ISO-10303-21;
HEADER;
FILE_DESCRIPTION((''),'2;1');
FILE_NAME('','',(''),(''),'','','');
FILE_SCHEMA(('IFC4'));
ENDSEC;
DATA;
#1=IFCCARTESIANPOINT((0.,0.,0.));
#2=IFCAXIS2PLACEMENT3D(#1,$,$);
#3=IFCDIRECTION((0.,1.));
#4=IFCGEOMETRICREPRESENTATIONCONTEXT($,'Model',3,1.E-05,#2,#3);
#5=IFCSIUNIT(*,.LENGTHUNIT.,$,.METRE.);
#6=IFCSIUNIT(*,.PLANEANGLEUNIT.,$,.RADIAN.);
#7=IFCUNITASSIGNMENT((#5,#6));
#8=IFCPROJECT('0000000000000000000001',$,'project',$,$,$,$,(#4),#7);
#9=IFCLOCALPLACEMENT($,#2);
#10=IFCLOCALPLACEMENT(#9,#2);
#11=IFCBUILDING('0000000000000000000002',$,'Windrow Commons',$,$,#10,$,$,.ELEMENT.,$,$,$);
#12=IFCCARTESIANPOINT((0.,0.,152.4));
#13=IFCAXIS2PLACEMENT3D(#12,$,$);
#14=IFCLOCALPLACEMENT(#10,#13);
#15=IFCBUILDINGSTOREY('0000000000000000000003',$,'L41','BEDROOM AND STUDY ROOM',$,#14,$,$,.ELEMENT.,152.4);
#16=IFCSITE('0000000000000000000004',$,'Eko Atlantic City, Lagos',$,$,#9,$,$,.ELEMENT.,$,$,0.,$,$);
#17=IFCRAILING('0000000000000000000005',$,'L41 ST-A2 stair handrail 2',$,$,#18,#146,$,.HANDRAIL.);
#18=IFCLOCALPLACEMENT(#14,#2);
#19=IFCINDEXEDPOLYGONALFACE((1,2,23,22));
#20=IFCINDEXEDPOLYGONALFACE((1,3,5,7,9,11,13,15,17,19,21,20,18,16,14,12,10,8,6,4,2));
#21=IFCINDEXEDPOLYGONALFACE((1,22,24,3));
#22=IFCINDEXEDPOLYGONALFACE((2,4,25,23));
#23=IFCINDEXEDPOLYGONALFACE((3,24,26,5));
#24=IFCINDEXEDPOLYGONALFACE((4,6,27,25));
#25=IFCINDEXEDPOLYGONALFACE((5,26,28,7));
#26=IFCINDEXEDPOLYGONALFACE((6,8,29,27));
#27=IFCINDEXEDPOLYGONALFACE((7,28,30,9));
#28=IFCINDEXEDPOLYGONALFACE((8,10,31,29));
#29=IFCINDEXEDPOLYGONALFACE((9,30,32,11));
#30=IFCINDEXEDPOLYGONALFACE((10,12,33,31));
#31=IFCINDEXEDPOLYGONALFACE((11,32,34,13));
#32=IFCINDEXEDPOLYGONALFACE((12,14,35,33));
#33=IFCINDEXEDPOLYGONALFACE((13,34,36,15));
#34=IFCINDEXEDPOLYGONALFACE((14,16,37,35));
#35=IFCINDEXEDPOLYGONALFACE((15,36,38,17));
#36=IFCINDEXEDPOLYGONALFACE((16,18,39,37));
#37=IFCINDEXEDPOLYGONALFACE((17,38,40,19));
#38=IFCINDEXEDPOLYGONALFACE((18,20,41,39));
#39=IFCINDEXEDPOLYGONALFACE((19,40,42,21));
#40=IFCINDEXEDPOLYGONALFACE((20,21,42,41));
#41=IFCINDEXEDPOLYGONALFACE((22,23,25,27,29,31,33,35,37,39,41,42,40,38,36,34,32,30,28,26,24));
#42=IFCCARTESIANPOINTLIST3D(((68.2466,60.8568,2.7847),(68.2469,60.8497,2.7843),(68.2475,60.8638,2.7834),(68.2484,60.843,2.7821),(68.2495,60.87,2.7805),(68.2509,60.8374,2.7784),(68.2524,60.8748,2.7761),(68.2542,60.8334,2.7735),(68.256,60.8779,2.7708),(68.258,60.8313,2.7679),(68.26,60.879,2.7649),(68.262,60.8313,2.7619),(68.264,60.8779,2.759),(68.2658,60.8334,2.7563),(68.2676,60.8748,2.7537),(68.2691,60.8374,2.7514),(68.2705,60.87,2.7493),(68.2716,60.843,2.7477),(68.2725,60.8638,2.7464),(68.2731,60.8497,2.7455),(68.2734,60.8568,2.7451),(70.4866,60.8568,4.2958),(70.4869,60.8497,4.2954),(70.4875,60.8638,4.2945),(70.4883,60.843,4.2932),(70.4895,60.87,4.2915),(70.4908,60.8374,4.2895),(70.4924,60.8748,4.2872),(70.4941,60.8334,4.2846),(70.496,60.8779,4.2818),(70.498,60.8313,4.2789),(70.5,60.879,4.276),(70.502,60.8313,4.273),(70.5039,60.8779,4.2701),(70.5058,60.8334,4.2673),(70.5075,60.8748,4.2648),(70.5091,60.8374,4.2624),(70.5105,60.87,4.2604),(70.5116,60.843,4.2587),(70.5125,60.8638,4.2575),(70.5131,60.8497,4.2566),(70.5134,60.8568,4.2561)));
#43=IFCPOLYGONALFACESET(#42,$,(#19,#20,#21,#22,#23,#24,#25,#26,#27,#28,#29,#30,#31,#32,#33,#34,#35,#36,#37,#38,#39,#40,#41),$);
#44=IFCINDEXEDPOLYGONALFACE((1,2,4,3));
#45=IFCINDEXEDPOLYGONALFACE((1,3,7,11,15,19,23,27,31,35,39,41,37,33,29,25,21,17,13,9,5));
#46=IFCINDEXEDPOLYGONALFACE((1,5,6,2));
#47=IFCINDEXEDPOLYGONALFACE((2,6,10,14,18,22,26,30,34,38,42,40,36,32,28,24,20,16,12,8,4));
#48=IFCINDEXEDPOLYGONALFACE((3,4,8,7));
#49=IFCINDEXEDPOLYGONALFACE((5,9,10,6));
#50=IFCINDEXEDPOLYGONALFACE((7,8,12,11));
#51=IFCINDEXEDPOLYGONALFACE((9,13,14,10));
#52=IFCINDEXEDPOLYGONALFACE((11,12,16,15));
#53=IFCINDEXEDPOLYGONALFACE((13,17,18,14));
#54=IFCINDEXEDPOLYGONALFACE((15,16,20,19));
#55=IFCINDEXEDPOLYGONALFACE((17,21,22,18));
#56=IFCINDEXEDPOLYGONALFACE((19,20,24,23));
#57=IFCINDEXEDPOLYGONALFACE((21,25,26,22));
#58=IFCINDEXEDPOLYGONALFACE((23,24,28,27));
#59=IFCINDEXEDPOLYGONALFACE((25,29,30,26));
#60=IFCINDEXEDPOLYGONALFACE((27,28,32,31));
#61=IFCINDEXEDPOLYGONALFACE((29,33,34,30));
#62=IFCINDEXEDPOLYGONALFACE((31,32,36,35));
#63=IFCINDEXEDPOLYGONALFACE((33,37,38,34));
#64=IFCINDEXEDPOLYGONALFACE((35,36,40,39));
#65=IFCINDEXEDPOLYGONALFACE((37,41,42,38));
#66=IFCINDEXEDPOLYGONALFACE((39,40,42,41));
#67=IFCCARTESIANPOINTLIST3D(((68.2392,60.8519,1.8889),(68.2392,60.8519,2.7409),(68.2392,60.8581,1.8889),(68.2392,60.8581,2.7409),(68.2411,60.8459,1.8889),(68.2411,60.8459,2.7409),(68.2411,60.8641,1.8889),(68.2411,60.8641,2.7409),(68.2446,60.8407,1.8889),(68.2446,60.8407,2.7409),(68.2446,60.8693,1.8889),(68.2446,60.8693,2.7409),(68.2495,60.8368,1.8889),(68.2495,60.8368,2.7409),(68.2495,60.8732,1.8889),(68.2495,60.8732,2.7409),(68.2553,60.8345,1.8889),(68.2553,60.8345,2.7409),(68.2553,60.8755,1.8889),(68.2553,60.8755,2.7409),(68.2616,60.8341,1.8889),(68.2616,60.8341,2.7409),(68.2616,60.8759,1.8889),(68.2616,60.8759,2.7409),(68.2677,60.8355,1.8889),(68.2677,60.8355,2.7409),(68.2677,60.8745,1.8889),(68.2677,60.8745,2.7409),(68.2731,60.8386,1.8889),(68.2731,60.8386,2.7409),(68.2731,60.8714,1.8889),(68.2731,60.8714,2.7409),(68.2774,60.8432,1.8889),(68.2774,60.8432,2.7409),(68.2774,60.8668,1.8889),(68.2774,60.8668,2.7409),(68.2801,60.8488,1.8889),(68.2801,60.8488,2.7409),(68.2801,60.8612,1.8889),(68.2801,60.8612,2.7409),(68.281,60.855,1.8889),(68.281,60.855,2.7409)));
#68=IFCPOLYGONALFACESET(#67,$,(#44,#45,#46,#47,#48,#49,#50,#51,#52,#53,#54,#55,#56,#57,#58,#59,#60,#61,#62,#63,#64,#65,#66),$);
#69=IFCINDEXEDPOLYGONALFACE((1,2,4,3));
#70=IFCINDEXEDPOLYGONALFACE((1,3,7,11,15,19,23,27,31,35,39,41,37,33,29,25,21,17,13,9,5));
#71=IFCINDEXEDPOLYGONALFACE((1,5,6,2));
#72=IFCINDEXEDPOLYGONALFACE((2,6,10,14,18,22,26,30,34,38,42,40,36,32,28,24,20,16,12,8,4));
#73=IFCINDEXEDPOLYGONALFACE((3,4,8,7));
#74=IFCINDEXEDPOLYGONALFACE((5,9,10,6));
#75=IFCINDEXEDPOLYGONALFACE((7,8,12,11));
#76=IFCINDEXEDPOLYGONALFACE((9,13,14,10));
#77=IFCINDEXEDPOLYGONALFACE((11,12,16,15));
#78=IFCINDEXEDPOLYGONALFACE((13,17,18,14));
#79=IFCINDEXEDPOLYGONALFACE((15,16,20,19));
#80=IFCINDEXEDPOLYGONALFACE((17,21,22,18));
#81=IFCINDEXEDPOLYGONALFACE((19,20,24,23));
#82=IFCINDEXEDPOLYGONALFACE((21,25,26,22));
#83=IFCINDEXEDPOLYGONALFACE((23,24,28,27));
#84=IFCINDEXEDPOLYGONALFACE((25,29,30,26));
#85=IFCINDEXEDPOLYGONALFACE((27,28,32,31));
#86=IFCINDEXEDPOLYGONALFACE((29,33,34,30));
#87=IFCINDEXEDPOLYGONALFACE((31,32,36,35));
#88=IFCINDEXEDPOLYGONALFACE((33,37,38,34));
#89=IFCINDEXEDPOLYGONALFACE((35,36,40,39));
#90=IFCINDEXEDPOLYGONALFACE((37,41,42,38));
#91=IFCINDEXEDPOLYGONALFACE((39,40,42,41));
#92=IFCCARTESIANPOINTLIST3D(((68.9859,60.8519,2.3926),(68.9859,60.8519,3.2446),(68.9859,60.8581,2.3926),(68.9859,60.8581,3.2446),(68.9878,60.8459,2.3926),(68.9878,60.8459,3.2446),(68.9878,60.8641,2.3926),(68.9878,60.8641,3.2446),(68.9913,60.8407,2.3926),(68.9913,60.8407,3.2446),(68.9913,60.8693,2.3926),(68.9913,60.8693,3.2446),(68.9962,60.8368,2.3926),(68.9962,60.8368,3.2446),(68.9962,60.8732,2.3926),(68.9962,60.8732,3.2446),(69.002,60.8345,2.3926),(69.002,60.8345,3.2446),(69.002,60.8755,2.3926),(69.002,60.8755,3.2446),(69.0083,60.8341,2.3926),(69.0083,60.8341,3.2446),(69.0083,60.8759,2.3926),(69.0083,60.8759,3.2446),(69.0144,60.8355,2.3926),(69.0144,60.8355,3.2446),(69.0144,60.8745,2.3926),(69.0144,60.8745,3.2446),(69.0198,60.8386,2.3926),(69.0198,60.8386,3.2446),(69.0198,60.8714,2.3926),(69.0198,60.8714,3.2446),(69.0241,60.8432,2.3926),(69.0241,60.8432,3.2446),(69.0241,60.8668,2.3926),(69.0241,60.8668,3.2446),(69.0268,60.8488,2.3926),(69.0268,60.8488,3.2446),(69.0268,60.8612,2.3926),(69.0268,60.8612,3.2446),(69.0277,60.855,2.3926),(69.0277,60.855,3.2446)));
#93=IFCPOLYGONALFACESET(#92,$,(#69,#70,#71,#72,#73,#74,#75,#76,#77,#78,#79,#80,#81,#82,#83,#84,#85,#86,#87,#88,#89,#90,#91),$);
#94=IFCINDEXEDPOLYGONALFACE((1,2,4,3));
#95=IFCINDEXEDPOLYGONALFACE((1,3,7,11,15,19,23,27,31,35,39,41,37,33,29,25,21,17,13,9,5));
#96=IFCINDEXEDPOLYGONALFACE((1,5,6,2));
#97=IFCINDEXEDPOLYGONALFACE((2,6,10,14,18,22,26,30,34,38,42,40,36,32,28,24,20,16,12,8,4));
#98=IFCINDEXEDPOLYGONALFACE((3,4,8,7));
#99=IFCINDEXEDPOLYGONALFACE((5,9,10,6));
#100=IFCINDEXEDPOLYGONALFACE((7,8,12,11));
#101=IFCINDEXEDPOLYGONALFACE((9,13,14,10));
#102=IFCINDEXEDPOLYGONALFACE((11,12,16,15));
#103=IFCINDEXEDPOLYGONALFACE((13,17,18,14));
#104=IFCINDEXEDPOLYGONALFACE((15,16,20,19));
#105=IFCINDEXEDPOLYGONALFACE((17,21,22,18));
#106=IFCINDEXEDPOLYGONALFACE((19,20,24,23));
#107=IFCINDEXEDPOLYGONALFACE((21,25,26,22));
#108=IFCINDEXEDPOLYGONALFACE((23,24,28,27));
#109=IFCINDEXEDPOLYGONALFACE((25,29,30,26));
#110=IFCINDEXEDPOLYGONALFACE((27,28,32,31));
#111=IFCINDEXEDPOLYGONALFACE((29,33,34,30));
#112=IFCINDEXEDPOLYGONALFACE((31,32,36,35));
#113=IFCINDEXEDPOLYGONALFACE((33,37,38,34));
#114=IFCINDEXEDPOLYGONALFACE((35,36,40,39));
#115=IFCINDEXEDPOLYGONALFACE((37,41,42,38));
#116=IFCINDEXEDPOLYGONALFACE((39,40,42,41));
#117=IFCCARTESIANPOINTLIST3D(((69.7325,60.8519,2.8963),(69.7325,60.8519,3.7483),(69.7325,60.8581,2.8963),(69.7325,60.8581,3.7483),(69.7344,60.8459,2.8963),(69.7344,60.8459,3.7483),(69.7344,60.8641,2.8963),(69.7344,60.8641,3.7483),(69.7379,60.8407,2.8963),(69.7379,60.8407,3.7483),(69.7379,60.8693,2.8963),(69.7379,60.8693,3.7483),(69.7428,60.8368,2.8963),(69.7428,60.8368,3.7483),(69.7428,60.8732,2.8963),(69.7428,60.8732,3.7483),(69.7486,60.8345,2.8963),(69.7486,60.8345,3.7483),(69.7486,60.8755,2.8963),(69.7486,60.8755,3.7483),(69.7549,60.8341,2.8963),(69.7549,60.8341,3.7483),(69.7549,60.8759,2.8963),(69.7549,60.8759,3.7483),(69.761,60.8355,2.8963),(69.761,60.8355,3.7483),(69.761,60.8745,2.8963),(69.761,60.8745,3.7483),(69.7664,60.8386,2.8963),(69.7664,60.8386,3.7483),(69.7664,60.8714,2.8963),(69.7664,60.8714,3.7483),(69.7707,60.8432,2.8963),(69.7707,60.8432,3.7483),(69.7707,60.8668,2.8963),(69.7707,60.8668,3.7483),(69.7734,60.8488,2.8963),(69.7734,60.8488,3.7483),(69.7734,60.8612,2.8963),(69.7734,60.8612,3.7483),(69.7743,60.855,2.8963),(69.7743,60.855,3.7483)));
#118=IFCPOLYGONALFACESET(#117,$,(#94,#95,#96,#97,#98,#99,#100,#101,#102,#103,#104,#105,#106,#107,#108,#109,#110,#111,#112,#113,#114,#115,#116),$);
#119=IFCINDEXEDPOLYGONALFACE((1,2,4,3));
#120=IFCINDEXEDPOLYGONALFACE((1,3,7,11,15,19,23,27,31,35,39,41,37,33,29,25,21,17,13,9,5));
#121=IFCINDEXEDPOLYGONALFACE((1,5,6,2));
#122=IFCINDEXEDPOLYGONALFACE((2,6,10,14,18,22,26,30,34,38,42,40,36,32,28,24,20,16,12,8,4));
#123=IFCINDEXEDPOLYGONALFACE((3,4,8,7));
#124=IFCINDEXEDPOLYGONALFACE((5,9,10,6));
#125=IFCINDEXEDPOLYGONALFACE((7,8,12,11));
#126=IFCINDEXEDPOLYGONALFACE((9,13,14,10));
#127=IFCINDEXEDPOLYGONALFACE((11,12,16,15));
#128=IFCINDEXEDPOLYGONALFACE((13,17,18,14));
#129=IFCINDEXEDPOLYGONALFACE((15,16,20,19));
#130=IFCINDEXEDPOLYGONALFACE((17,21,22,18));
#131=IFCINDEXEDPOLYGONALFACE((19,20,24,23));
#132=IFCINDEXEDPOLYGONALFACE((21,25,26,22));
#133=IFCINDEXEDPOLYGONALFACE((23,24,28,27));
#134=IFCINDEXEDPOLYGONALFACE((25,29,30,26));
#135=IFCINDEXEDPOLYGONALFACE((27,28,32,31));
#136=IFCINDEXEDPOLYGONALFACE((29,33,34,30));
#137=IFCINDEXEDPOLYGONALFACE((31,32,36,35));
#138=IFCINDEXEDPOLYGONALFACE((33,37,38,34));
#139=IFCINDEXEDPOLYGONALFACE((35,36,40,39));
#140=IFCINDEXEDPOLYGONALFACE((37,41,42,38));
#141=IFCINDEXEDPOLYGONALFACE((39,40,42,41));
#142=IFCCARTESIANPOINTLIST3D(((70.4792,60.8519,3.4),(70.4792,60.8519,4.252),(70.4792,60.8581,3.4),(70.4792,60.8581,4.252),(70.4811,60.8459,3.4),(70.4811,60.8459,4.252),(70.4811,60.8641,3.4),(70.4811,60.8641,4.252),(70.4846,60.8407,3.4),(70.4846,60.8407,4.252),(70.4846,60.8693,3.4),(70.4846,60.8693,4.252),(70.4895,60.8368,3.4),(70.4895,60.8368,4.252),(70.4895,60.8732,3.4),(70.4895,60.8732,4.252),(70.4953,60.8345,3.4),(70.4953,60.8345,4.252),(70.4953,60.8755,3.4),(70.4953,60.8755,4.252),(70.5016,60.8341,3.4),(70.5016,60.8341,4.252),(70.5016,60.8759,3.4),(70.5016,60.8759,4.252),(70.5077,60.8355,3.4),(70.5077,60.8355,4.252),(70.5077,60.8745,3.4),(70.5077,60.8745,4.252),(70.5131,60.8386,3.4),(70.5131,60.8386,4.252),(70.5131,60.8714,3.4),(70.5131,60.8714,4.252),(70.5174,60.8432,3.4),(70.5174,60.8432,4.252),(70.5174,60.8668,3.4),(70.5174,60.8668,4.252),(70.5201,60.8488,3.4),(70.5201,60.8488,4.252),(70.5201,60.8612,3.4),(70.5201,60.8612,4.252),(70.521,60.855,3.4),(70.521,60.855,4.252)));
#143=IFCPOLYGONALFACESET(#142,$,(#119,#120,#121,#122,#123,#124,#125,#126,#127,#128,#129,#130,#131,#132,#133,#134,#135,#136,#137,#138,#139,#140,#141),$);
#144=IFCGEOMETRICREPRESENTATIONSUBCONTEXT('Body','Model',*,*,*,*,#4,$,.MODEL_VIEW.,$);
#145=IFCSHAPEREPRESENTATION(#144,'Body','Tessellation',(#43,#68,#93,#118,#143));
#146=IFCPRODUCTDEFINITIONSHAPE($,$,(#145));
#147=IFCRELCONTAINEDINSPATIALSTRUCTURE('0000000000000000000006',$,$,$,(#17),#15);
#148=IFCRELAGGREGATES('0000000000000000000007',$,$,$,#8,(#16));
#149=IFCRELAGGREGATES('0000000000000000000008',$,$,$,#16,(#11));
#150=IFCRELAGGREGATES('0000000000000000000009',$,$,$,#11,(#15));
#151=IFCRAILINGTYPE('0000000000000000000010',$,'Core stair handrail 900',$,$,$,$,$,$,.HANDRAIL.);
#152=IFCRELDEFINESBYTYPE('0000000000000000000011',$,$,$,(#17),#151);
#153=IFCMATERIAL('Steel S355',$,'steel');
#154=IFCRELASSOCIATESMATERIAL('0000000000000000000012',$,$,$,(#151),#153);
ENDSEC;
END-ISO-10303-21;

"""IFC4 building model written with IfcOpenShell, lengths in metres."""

from ifc_helpers import new_model, si_unit, direction, frame, origin, origin_2d, place, context, subcontext, project, spatial, circle, extrude, material, type_object, element, save


model = new_model("IFC4")

# Units and contexts
model_context = context("Model", 3, precision=1e-05, world=origin(), true_north=direction((0.0, 1.0)))
body_context = subcontext(model_context, "Body", "Model", "MODEL_VIEW")
ifc_project = project(units=[si_unit("LENGTHUNIT", "METRE"), si_unit("PLANEANGLEUNIT", "RADIAN")], contexts=[model_context])

# Site, building, storey
site_placement = place(None, origin())
site = spatial("IfcSite", under=ifc_project, at=site_placement, Name="Eko Atlantic City, Lagos", CompositionType="ELEMENT", RefElevation=0.0)
building_placement = place(site_placement, origin())
building = spatial("IfcBuilding", under=site, at=building_placement, Name="Windrow Commons", CompositionType="ELEMENT")
storey_placement = place(building_placement, frame((0.0, 0.0, 152.4)))
storey = spatial("IfcBuildingStorey", under=building, at=storey_placement, Name="L41", Description="BEDROOM AND STUDY ROOM", CompositionType="ELEMENT", Elevation=152.4)

# Railing
ifc_material_1 = material(Name="Steel S355", Category="steel")
railing_type_1 = type_object("IfcRailingType", Name="Core stair handrail 900", PredefinedType="HANDRAIL", material=ifc_material_1)
railing_1_placement = place(storey_placement, frame((68.26, 60.855, 1.8889)))
element("IfcRailing", 1, at=railing_1_placement, inside=storey, type_object=railing_type_1, Name="L41 ST-A2 stair handrail 2", PredefinedType="HANDRAIL", context=body_context, shape_type="SweptSolid", body=[
    extrude(circle(Radius=0.024, at=origin_2d()), frame((0.0, 0.0, 0.876), z_axis=(0.829003, 0.0, 0.559244), x_axis=(0.0, 1.0, 0.0)), (0.0, 0.0, 1.0), 2.702),
    extrude(circle(Radius=0.021, at=origin_2d()), origin(), (0.0, 0.0, 1.0), 0.852),
    extrude(circle(Radius=0.021, at=origin_2d()), frame((0.7467, 0.0, 0.5037)), (0.0, 0.0, 1.0), 0.852),
    extrude(circle(Radius=0.021, at=origin_2d()), frame((1.4933, 0.0, 1.0074)), (0.0, 0.0, 1.0), 0.852),
    extrude(circle(Radius=0.021, at=origin_2d()), frame((2.24, 0.0, 1.5111)), (0.0, 0.0, 1.0), 0.852),
])

save(model, "model.ifc")
